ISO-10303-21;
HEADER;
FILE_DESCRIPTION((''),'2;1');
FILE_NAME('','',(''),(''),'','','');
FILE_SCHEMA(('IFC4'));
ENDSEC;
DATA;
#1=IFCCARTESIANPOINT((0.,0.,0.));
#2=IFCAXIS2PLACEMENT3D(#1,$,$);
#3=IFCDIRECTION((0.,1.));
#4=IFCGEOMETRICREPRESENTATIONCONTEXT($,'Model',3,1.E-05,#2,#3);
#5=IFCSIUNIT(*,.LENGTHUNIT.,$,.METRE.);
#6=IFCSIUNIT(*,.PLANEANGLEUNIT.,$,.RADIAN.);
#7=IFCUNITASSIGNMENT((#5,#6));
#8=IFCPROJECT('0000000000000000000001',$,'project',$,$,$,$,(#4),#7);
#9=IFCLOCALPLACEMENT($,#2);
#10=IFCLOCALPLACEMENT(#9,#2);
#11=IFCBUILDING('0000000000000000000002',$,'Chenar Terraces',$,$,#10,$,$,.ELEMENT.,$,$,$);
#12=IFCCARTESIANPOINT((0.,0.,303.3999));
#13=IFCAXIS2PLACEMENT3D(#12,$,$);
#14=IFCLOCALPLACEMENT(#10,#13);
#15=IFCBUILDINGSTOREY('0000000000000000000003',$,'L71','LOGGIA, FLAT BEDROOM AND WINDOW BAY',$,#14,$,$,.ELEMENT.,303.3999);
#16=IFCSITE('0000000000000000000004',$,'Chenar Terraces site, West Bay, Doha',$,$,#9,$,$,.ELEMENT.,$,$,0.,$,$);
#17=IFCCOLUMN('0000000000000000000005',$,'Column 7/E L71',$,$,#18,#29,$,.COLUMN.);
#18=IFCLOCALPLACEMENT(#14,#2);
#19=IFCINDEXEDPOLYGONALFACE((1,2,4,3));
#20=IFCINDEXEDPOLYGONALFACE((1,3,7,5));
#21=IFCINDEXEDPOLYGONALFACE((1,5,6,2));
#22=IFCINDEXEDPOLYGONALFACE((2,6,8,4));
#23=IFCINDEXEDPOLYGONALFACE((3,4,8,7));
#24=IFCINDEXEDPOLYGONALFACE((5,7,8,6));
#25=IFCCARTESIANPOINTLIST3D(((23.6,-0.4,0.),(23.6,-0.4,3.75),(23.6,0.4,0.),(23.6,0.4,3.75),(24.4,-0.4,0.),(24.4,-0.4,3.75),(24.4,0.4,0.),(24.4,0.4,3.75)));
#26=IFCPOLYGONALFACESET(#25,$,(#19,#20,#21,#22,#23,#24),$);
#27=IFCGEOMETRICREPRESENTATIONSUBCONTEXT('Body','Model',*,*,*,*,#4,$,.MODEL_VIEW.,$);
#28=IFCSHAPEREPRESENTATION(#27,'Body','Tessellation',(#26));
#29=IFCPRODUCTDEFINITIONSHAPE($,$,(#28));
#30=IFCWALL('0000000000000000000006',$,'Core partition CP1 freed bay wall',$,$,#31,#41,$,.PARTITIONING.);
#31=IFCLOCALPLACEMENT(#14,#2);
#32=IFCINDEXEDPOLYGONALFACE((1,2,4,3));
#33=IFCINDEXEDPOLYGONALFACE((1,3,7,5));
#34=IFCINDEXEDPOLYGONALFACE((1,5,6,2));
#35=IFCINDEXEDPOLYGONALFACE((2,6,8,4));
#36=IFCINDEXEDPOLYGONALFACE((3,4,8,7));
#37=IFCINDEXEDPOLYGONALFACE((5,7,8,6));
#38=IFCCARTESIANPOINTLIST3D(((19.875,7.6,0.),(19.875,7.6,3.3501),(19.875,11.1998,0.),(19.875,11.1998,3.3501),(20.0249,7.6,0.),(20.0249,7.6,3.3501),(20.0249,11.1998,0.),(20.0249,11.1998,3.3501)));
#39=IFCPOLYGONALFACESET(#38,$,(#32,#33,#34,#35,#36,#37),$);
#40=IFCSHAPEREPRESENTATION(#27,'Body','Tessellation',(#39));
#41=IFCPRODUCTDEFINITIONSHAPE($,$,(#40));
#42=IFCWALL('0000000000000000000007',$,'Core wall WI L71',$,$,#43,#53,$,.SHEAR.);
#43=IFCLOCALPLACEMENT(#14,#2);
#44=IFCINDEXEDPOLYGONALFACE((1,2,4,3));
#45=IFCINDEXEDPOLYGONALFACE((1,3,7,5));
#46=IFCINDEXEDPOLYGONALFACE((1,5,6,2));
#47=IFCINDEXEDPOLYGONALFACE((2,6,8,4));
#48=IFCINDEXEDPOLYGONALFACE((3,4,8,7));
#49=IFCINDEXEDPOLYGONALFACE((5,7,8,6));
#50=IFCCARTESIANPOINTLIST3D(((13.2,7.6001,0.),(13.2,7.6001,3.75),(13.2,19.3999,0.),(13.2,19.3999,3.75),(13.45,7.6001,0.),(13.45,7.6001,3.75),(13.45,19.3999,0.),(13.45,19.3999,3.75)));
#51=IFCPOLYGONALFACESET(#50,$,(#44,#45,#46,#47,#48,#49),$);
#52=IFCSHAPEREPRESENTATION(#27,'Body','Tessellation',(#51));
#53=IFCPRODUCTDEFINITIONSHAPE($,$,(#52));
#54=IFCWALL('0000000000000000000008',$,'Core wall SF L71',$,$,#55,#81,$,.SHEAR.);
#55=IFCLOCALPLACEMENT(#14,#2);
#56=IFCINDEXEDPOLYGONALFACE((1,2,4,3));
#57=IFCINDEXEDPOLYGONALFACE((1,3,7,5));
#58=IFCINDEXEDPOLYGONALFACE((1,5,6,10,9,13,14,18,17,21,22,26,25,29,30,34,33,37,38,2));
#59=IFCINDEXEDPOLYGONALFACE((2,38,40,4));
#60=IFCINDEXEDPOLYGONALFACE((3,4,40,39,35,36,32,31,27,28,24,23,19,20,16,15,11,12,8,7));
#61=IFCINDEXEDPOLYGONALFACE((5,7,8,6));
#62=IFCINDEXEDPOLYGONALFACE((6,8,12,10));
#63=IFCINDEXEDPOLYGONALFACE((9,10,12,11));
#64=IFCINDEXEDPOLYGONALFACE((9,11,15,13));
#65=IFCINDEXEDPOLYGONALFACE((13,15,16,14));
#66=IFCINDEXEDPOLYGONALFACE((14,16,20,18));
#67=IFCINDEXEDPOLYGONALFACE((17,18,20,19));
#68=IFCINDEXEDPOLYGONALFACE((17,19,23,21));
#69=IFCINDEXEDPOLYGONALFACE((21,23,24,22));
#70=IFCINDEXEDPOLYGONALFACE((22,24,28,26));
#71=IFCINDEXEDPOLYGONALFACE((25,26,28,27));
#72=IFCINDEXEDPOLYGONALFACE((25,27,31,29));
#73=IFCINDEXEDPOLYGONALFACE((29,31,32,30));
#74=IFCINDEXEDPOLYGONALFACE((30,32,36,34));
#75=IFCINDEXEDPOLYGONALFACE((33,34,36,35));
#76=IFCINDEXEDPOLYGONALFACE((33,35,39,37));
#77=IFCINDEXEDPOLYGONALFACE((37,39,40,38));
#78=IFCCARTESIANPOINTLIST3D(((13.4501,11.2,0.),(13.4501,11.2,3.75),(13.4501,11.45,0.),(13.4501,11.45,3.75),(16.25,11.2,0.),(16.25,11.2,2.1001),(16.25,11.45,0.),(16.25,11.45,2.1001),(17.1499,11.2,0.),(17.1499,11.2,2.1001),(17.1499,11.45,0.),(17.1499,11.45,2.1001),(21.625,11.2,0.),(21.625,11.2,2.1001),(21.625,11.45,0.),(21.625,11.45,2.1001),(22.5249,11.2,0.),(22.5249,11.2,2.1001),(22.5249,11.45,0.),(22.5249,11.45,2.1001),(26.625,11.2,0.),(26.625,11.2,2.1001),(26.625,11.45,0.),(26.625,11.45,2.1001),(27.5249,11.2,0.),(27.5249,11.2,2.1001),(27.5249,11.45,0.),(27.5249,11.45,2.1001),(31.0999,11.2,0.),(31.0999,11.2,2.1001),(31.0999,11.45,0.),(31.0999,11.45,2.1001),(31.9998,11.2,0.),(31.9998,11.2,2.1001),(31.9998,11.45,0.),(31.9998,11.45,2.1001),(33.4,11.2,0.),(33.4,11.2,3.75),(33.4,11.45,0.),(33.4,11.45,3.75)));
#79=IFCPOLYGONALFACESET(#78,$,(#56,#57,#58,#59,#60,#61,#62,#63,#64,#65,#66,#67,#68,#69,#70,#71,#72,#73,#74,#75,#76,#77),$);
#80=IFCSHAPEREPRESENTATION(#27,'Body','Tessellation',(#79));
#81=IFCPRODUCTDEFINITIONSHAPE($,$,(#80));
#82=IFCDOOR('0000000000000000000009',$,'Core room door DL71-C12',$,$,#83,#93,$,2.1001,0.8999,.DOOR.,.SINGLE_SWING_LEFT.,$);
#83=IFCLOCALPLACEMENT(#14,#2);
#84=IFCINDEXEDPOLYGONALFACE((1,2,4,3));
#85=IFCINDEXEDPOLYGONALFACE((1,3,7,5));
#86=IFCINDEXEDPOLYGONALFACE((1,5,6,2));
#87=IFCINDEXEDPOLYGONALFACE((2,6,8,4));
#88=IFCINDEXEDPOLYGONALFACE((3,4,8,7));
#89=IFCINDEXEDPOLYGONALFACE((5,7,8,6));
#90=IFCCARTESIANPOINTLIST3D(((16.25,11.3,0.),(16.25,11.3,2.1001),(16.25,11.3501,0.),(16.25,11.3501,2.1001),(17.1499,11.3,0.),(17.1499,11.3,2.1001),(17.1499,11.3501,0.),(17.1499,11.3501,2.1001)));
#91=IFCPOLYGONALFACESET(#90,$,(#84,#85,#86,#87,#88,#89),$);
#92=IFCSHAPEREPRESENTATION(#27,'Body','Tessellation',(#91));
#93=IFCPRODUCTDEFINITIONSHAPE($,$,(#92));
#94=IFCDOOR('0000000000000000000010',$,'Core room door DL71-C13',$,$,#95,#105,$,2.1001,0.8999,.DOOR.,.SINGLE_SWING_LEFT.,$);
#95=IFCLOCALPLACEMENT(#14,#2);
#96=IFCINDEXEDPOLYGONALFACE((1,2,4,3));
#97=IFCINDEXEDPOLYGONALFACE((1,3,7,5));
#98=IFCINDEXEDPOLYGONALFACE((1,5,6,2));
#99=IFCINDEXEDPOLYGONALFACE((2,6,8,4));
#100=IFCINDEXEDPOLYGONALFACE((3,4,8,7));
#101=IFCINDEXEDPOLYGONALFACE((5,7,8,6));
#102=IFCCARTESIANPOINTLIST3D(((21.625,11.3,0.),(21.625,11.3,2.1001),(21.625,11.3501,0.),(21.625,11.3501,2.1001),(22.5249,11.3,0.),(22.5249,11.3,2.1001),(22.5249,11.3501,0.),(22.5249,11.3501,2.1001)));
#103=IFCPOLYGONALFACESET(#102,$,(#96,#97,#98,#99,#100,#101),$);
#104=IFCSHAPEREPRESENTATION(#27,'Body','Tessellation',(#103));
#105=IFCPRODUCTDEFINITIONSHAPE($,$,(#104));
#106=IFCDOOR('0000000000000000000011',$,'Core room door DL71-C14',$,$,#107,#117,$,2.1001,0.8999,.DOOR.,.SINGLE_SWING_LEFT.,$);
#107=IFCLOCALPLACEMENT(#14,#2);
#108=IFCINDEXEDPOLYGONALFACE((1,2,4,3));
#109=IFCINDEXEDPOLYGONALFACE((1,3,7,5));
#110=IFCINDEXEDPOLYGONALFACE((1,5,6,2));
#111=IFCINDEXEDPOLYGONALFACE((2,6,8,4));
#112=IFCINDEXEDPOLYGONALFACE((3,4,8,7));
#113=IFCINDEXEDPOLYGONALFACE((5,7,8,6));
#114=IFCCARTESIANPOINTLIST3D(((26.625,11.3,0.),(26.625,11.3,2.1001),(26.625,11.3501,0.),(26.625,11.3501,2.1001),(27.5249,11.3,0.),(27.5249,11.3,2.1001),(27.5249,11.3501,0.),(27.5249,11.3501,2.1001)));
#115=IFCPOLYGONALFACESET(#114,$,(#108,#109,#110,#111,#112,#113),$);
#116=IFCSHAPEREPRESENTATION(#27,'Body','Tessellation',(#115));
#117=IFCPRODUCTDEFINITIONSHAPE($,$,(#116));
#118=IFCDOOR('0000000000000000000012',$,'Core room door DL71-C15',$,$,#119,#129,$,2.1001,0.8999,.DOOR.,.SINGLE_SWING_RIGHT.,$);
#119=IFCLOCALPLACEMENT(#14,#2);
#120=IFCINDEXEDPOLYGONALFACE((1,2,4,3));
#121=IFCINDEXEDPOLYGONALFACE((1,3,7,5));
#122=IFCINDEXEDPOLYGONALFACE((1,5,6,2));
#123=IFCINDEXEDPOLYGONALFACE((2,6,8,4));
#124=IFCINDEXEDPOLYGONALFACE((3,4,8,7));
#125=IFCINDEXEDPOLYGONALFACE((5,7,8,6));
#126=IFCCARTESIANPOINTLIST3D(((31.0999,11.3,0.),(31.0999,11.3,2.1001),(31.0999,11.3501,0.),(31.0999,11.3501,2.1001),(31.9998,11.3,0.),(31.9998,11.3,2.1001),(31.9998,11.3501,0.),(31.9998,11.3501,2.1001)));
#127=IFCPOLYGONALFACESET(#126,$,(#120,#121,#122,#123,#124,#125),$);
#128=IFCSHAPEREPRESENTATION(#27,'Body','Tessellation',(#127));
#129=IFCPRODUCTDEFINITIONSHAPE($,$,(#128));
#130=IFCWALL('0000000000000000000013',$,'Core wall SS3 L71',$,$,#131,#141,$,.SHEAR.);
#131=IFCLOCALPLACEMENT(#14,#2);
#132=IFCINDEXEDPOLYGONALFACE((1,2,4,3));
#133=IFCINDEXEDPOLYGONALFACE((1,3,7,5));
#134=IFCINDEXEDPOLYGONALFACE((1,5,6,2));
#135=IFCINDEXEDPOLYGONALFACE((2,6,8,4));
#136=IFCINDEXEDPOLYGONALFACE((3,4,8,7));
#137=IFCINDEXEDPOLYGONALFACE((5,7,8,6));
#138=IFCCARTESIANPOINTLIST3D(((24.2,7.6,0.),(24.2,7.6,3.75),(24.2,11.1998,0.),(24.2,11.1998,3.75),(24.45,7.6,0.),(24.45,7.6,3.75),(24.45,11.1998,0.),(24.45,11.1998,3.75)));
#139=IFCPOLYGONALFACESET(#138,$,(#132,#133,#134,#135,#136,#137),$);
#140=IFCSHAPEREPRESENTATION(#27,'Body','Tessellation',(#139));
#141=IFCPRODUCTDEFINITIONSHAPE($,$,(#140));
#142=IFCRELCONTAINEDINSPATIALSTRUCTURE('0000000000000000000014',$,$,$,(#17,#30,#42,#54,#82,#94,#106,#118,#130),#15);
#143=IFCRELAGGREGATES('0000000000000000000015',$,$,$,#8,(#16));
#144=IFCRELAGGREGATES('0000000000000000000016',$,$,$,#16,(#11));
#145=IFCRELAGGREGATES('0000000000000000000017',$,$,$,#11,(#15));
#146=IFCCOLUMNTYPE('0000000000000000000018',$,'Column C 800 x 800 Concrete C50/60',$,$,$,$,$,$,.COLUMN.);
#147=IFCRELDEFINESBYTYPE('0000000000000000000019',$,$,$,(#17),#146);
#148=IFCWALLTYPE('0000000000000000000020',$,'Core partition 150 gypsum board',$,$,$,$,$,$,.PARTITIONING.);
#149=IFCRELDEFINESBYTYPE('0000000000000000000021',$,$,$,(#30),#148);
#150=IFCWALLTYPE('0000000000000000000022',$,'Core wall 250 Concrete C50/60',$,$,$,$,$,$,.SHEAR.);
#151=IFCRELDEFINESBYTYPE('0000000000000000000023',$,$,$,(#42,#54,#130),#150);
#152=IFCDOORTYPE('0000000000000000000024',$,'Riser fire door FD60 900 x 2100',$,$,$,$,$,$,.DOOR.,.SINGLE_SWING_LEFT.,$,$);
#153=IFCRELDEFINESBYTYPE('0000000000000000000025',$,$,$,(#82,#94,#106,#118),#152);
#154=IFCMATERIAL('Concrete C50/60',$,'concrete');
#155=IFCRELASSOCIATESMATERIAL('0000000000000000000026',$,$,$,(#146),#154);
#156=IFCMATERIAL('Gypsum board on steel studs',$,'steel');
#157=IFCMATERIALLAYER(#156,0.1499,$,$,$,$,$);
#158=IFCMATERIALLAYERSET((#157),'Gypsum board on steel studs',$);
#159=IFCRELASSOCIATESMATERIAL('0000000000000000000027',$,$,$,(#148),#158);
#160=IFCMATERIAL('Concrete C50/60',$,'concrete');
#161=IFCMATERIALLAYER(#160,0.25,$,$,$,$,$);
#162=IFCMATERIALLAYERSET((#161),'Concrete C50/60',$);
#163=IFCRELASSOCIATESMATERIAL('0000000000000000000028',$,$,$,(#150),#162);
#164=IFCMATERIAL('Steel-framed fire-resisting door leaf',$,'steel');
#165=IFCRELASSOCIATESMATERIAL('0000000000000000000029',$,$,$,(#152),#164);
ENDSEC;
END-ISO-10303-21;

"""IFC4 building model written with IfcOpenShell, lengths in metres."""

from ifc_helpers import new_model, si_unit, direction, frame, frame_2d, origin, origin_2d, place, context, subcontext, project, spatial, rectangle, extrude, material, layer, layer_set, material_profile, profile_set, type_object, element, fill, save


model = new_model("IFC4")

# Units and contexts
model_context = context("Model", 3, precision=1e-05, world=origin(), true_north=direction((0.0, 1.0)))
body_context = subcontext(model_context, "Body", "Model", "MODEL_VIEW")
ifc_project = project(units=[si_unit("LENGTHUNIT", "METRE"), si_unit("PLANEANGLEUNIT", "RADIAN")], contexts=[model_context])

# Site, building, storey
site_placement = place(None, origin())
site = spatial("IfcSite", under=ifc_project, at=site_placement, Name="Chenar Terraces site, West Bay, Doha", CompositionType="ELEMENT", RefElevation=0.0)
building_placement = place(site_placement, origin())
building = spatial("IfcBuilding", under=site, at=building_placement, Name="Chenar Terraces", CompositionType="ELEMENT")
storey_placement = place(building_placement, frame((0.0, 0.0, 303.3999)))
storey = spatial("IfcBuildingStorey", under=building, at=storey_placement, Name="L71", Description="LOGGIA, FLAT BEDROOM AND WINDOW BAY", CompositionType="ELEMENT", Elevation=303.3999)

# Column
ifc_material_1 = material(Name="Concrete C50/60", Category="concrete")
ifc_material_profile_1 = material_profile(ifc_material_1, rectangle(XDim=0.8, YDim=0.8, at=origin_2d()), Name="C 800 x 800")
ifc_profile_set_1 = profile_set([ifc_material_profile_1], Name="Concrete C50/60")
column_type = type_object("IfcColumnType", Name="Column C 800 x 800 Concrete C50/60", PredefinedType="COLUMN", material=ifc_profile_set_1)
column_placement = place(storey_placement, frame((24.0, 0.0, 0.0), z_axis=(0.0, 0.0, 1.0), x_axis=(1.0, 0.0, 0.0)))
element("IfcColumn", 1, at=column_placement, inside=storey, type_object=column_type, Name="Column 7/E L71", PredefinedType="COLUMN", context=body_context, shape_type="SweptSolid", body=[
    extrude(rectangle(XDim=0.8, YDim=0.8, at=origin_2d()), origin(), (0.0, 0.0, 1.0), 3.75),
])

# Walls
ifc_material_2 = material(Name="Gypsum board on steel studs", Category="steel")
ifc_layer_1 = layer(ifc_material_2, 0.1499)
ifc_layer_set_1 = layer_set([ifc_layer_1], Name="Gypsum board on steel studs")
wall_type_1 = type_object("IfcWallType", Name="Core partition 150 gypsum board", PredefinedType="PARTITIONING", material=ifc_layer_set_1)
wall_1_placement = place(storey_placement, frame((19.95, 7.6001, 0.0), z_axis=(0.0, 0.0, 1.0), x_axis=(0.0, 1.0, 0.0)))
element("IfcWall", 2, at=wall_1_placement, inside=storey, type_object=wall_type_1, Name="Core partition CP1 freed bay wall", PredefinedType="PARTITIONING", context=body_context, shape_type="SweptSolid", body=[
    extrude(rectangle(XDim=3.5999, YDim=0.1499, at=frame_2d((1.7998, 0.0))), origin(), (0.0, 0.0, 1.0), 3.3501),
])
ifc_material_3 = material(Name="Concrete C50/60", Category="concrete")
ifc_layer_2 = layer(ifc_material_3, 0.25)
ifc_layer_set_2 = layer_set([ifc_layer_2], Name="Concrete C50/60")
wall_type_2 = type_object("IfcWallType", Name="Core wall 250 Concrete C50/60", PredefinedType="SHEAR", material=ifc_layer_set_2)
wall_2_placement = place(storey_placement, frame((13.325, 7.6001, 0.0), z_axis=(0.0, 0.0, 1.0), x_axis=(0.0, 1.0, 0.0)))
element("IfcWall", 3, at=wall_2_placement, inside=storey, type_object=wall_type_2, Name="Core wall WI L71", PredefinedType="SHEAR", context=body_context, shape_type="SweptSolid", body=[
    extrude(rectangle(XDim=11.7998, YDim=0.25, at=frame_2d((5.8999, 0.0))), origin(), (0.0, 0.0, 1.0), 3.75),
])

# Wall, openings, doors
wall_3_placement = place(storey_placement, frame((13.45, 11.325, 0.0), z_axis=(0.0, 0.0, 1.0), x_axis=(1.0, 0.0, 0.0)))
wall_3 = element("IfcWall", 4, at=wall_3_placement, inside=storey, type_object=wall_type_2, Name="Core wall SF L71", PredefinedType="SHEAR", context=body_context, shape_type="SweptSolid", body=[
    extrude(rectangle(XDim=19.95, YDim=0.25, at=frame_2d((9.9751, 0.0))), origin(), (0.0, 0.0, 1.0), 3.75),
])
opening_1_placement = place(wall_3_placement, frame((2.8, 0.0, 0.0)))
opening_1 = element("IfcOpeningElement", 5, at=opening_1_placement, cuts=wall_3, PredefinedType="OPENING", context=body_context, shape_type="SweptSolid", body=[
    extrude(rectangle(XDim=0.8999, YDim=2.1001, at=frame_2d((0.45, 1.05))), frame((0.0, 0.135, 0.0), z_axis=(0.0, -1.0, 0.0), x_axis=(1.0, 0.0, 0.0)), (0.0, 0.0, 1.0), 0.27),
])
opening_2_placement = place(wall_3_placement, frame((8.175, 0.0, 0.0)))
opening_2 = element("IfcOpeningElement", 6, at=opening_2_placement, cuts=wall_3, PredefinedType="OPENING", context=body_context, shape_type="SweptSolid", body=[
    extrude(rectangle(XDim=0.8999, YDim=2.1001, at=frame_2d((0.45, 1.05))), frame((0.0, 0.135, 0.0), z_axis=(0.0, -1.0, 0.0), x_axis=(1.0, 0.0, 0.0)), (0.0, 0.0, 1.0), 0.27),
])
opening_3_placement = place(wall_3_placement, frame((13.175, 0.0, 0.0)))
opening_3 = element("IfcOpeningElement", 7, at=opening_3_placement, cuts=wall_3, PredefinedType="OPENING", context=body_context, shape_type="SweptSolid", body=[
    extrude(rectangle(XDim=0.8999, YDim=2.1001, at=frame_2d((0.45, 1.05))), frame((0.0, 0.135, 0.0), z_axis=(0.0, -1.0, 0.0), x_axis=(1.0, 0.0, 0.0)), (0.0, 0.0, 1.0), 0.27),
])
opening_4_placement = place(wall_3_placement, frame((17.6499, 0.0, 0.0)))
opening_4 = element("IfcOpeningElement", 8, at=opening_4_placement, cuts=wall_3, PredefinedType="OPENING", context=body_context, shape_type="SweptSolid", body=[
    extrude(rectangle(XDim=0.8999, YDim=2.1001, at=frame_2d((0.45, 1.05))), frame((0.0, 0.135, 0.0), z_axis=(0.0, -1.0, 0.0), x_axis=(1.0, 0.0, 0.0)), (0.0, 0.0, 1.0), 0.27),
])
ifc_material_4 = material(Name="Steel-framed fire-resisting door leaf", Category="steel")
door_type_1 = type_object("IfcDoorType", Name="Riser fire door FD60 900 x 2100", OperationType="SINGLE_SWING_LEFT", PredefinedType="DOOR", material=ifc_material_4)
door_1_placement = place(opening_1_placement, frame((0.8999, 0.0, 0.0), z_axis=(0.0, 0.0, 1.0), x_axis=(-1.0, 0.0, 0.0)))
door_1 = element("IfcDoor", 9, at=door_1_placement, inside=storey, type_object=door_type_1, Name="Core room door DL71-C12", OperationType="SINGLE_SWING_LEFT", OverallHeight=2.1001, OverallWidth=0.8999, PredefinedType="DOOR", context=body_context, shape_type="SweptSolid", body=[
    extrude(rectangle(XDim=0.8999, YDim=2.1001, at=frame_2d((0.45, 1.05))), frame((0.0, 0.0249, 0.0), z_axis=(0.0, -1.0, 0.0), x_axis=(1.0, 0.0, 0.0)), (0.0, 0.0, 1.0), 0.05),
])
fill(opening_1, door_1)
door_2_placement = place(opening_2_placement, frame((0.8999, 0.0, 0.0), z_axis=(0.0, 0.0, 1.0), x_axis=(-1.0, 0.0, 0.0)))
door_2 = element("IfcDoor", 10, at=door_2_placement, inside=storey, type_object=door_type_1, Name="Core room door DL71-C13", OperationType="SINGLE_SWING_LEFT", OverallHeight=2.1001, OverallWidth=0.8999, PredefinedType="DOOR", context=body_context, shape_type="SweptSolid", body=[
    extrude(rectangle(XDim=0.8999, YDim=2.1001, at=frame_2d((0.45, 1.05))), frame((0.0, 0.0249, 0.0), z_axis=(0.0, -1.0, 0.0), x_axis=(1.0, 0.0, 0.0)), (0.0, 0.0, 1.0), 0.05),
])
fill(opening_2, door_2)
door_3_placement = place(opening_3_placement, frame((0.8999, 0.0, 0.0), z_axis=(0.0, 0.0, 1.0), x_axis=(-1.0, 0.0, 0.0)))
door_3 = element("IfcDoor", 11, at=door_3_placement, inside=storey, type_object=door_type_1, Name="Core room door DL71-C14", OperationType="SINGLE_SWING_LEFT", OverallHeight=2.1001, OverallWidth=0.8999, PredefinedType="DOOR", context=body_context, shape_type="SweptSolid", body=[
    extrude(rectangle(XDim=0.8999, YDim=2.1001, at=frame_2d((0.45, 1.05))), frame((0.0, 0.0249, 0.0), z_axis=(0.0, -1.0, 0.0), x_axis=(1.0, 0.0, 0.0)), (0.0, 0.0, 1.0), 0.05),
])
fill(opening_3, door_3)
door_4_placement = place(opening_4_placement, frame((0.8999, 0.0, 0.0), z_axis=(0.0, 0.0, 1.0), x_axis=(-1.0, 0.0, 0.0)))
door_4 = element("IfcDoor", 12, at=door_4_placement, inside=storey, type_object=door_type_1, Name="Core room door DL71-C15", OperationType="SINGLE_SWING_RIGHT", OverallHeight=2.1001, OverallWidth=0.8999, PredefinedType="DOOR", context=body_context, shape_type="SweptSolid", body=[
    extrude(rectangle(XDim=0.8999, YDim=2.1001, at=frame_2d((0.45, 1.05))), frame((0.0, 0.0249, 0.0), z_axis=(0.0, -1.0, 0.0), x_axis=(1.0, 0.0, 0.0)), (0.0, 0.0, 1.0), 0.05),
])
fill(opening_4, door_4)

# Wall
wall_4_placement = place(storey_placement, frame((24.325, 7.6001, 0.0), z_axis=(0.0, 0.0, 1.0), x_axis=(0.0, 1.0, 0.0)))
element("IfcWall", 13, at=wall_4_placement, inside=storey, type_object=wall_type_2, Name="Core wall SS3 L71", PredefinedType="SHEAR", context=body_context, shape_type="SweptSolid", body=[
    extrude(rectangle(XDim=3.5999, YDim=0.25, at=frame_2d((1.7998, 0.0))), origin(), (0.0, 0.0, 1.0), 3.75),
])

save(model, "model.ifc")
